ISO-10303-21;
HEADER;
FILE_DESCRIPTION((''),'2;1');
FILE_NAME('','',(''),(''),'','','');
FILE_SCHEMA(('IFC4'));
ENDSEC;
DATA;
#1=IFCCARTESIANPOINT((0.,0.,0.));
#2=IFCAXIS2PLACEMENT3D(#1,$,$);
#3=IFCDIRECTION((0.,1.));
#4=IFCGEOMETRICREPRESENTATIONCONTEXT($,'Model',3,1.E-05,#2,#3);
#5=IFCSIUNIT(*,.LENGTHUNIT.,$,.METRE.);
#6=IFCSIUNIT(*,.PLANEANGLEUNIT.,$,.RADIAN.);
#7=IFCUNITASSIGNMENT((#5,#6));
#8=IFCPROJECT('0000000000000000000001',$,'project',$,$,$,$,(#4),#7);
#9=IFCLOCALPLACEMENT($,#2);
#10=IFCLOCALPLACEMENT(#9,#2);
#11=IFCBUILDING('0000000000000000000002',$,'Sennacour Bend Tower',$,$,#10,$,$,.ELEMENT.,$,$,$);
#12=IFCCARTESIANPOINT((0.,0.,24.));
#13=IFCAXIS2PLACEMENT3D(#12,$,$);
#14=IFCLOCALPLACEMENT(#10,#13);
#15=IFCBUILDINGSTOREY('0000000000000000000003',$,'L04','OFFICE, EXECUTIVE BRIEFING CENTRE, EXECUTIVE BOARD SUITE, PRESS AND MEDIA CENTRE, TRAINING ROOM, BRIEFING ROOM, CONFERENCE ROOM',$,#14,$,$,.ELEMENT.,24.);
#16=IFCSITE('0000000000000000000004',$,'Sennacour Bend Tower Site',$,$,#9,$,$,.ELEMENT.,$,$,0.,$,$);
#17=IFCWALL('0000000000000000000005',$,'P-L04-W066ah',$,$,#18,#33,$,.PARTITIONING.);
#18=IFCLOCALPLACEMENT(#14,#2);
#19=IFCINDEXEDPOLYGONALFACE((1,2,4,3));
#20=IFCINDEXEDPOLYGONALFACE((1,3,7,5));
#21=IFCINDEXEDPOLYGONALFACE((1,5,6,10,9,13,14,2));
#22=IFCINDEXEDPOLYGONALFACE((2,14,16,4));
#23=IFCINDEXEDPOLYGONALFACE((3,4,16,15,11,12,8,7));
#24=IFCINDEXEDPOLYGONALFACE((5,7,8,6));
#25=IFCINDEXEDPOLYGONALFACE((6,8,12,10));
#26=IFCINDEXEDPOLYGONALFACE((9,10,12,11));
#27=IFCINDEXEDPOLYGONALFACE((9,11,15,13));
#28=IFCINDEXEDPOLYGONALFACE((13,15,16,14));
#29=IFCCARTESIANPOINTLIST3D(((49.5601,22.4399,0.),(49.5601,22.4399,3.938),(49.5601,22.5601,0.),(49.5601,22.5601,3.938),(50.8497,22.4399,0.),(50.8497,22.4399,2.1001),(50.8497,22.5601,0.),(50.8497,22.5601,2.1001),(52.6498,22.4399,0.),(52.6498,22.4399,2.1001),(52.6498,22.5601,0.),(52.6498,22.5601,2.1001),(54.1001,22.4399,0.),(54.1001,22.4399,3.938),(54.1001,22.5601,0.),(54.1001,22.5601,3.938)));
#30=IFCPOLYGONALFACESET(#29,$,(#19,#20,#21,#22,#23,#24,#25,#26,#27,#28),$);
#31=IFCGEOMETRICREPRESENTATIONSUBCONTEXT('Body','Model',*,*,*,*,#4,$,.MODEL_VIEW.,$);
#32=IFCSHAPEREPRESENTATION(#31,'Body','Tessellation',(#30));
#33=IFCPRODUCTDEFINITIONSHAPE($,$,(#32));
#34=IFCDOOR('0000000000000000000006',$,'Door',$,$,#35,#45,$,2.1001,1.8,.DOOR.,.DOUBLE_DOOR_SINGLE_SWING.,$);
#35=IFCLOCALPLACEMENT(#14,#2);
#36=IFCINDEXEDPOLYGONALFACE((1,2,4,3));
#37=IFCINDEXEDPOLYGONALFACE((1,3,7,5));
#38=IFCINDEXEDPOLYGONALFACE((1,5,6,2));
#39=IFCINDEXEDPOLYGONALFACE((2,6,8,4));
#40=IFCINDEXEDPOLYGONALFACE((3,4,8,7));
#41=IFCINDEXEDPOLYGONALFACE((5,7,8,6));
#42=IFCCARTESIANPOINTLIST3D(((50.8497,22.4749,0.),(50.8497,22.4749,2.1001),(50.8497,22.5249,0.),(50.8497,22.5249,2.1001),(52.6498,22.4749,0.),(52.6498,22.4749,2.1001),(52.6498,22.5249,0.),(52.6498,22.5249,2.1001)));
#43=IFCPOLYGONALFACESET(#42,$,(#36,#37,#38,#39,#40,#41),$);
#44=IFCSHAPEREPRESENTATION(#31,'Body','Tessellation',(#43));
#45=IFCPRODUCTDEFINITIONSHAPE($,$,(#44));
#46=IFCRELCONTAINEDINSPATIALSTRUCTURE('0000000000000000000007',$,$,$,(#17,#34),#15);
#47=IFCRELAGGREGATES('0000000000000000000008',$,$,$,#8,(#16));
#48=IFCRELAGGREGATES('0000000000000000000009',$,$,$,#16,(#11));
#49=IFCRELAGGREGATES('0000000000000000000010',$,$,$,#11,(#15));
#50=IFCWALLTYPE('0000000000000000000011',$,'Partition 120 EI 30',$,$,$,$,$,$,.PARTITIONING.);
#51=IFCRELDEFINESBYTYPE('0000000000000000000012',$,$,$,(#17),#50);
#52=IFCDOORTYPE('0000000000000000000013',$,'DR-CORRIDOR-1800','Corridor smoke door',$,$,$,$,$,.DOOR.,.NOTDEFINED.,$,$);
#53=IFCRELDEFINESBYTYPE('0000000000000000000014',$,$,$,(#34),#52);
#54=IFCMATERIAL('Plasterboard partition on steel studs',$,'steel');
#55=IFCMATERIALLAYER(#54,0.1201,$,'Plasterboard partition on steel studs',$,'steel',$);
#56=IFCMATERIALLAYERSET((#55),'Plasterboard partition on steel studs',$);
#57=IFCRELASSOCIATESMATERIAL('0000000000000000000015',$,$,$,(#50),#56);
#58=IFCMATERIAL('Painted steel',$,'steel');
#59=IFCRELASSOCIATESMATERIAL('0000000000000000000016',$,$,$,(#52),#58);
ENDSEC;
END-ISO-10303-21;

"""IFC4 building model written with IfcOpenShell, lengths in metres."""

from ifc_helpers import new_model, si_unit, direction, frame, frame_2d, origin, place, context, subcontext, project, spatial, rectangle, extrude, material, layer, layer_set, type_object, element, fill, save


model = new_model("IFC4")

# Units and contexts
model_context = context("Model", 3, precision=1e-05, world=origin(), true_north=direction((0.0, 1.0)))
body_context = subcontext(model_context, "Body", "Model", "MODEL_VIEW")
ifc_project = project(units=[si_unit("LENGTHUNIT", "METRE"), si_unit("PLANEANGLEUNIT", "RADIAN")], contexts=[model_context])

# Site, building, storey
site_placement = place(None, origin())
site = spatial("IfcSite", under=ifc_project, at=site_placement, Name="Sennacour Bend Tower Site", CompositionType="ELEMENT", RefElevation=0.0)
building_placement = place(site_placement, origin())
building = spatial("IfcBuilding", under=site, at=building_placement, Name="Sennacour Bend Tower", CompositionType="ELEMENT")
storey_placement = place(building_placement, frame((0.0, 0.0, 24.0)))
storey = spatial("IfcBuildingStorey", under=building, at=storey_placement, Name="L04", Description="OFFICE, EXECUTIVE BRIEFING CENTRE, EXECUTIVE BOARD SUITE, PRESS AND MEDIA CENTRE, TRAINING ROOM, BRIEFING ROOM, CONFERENCE ROOM", CompositionType="ELEMENT", Elevation=24.0)

# Shared definitions
ifc_material_1 = material(Name="Plasterboard partition on steel studs", Category="steel")

# Wall, opening, door
ifc_layer_1 = layer(ifc_material_1, 0.1201, Name="Plasterboard partition on steel studs", Category="steel")
ifc_layer_set_1 = layer_set([ifc_layer_1], Name="Plasterboard partition on steel studs")
wall_type_1 = type_object("IfcWallType", Name="Partition 120 EI 30", PredefinedType="PARTITIONING", material=ifc_layer_set_1)
wall_1_placement = place(storey_placement, frame((49.5601, 22.5, 0.0), z_axis=(0.0, 0.0, 1.0), x_axis=(1.0, 0.0, 0.0)))
wall_1 = element("IfcWall", 1, at=wall_1_placement, inside=storey, type_object=wall_type_1, Name="P-L04-W066ah", PredefinedType="PARTITIONING", context=body_context, shape_type="SweptSolid", body=[
    extrude(rectangle(XDim=4.54, YDim=0.1201, at=frame_2d((2.27, 0.0))), origin(), (0.0, 0.0, 1.0), 3.938),
])
opening_1_placement = place(wall_1_placement, frame((1.2898, 0.0, 0.0)))
opening_1 = element("IfcOpeningElement", 2, at=opening_1_placement, cuts=wall_1, PredefinedType="OPENING", context=body_context, shape_type="SweptSolid", body=[
    extrude(rectangle(XDim=1.8, YDim=2.1001, at=frame_2d((0.8999, 1.05))), frame((0.0, 0.0701, 0.0), z_axis=(0.0, -1.0, 0.0), x_axis=(1.0, 0.0, 0.0)), (0.0, 0.0, 1.0), 0.1401),
])
ifc_material_2 = material(Name="Painted steel", Category="steel")
door_type_1 = type_object("IfcDoorType", Name="DR-CORRIDOR-1800", Description="Corridor smoke door", OperationType="NOTDEFINED", PredefinedType="DOOR", material=ifc_material_2)
door_1_placement = place(opening_1_placement, origin())
door_1 = element("IfcDoor", 3, at=door_1_placement, inside=storey, type_object=door_type_1, Name="Door", OperationType="DOUBLE_DOOR_SINGLE_SWING", OverallHeight=2.1001, OverallWidth=1.8, PredefinedType="DOOR", context=body_context, shape_type="SweptSolid", body=[
    extrude(rectangle(XDim=1.8, YDim=2.1001, at=frame_2d((0.8999, 1.05))), frame((0.0, 0.0249, 0.0), z_axis=(0.0, -1.0, 0.0), x_axis=(1.0, 0.0, 0.0)), (0.0, 0.0, 1.0), 0.05),
])
fill(opening_1, door_1)

save(model, "model.ifc")
